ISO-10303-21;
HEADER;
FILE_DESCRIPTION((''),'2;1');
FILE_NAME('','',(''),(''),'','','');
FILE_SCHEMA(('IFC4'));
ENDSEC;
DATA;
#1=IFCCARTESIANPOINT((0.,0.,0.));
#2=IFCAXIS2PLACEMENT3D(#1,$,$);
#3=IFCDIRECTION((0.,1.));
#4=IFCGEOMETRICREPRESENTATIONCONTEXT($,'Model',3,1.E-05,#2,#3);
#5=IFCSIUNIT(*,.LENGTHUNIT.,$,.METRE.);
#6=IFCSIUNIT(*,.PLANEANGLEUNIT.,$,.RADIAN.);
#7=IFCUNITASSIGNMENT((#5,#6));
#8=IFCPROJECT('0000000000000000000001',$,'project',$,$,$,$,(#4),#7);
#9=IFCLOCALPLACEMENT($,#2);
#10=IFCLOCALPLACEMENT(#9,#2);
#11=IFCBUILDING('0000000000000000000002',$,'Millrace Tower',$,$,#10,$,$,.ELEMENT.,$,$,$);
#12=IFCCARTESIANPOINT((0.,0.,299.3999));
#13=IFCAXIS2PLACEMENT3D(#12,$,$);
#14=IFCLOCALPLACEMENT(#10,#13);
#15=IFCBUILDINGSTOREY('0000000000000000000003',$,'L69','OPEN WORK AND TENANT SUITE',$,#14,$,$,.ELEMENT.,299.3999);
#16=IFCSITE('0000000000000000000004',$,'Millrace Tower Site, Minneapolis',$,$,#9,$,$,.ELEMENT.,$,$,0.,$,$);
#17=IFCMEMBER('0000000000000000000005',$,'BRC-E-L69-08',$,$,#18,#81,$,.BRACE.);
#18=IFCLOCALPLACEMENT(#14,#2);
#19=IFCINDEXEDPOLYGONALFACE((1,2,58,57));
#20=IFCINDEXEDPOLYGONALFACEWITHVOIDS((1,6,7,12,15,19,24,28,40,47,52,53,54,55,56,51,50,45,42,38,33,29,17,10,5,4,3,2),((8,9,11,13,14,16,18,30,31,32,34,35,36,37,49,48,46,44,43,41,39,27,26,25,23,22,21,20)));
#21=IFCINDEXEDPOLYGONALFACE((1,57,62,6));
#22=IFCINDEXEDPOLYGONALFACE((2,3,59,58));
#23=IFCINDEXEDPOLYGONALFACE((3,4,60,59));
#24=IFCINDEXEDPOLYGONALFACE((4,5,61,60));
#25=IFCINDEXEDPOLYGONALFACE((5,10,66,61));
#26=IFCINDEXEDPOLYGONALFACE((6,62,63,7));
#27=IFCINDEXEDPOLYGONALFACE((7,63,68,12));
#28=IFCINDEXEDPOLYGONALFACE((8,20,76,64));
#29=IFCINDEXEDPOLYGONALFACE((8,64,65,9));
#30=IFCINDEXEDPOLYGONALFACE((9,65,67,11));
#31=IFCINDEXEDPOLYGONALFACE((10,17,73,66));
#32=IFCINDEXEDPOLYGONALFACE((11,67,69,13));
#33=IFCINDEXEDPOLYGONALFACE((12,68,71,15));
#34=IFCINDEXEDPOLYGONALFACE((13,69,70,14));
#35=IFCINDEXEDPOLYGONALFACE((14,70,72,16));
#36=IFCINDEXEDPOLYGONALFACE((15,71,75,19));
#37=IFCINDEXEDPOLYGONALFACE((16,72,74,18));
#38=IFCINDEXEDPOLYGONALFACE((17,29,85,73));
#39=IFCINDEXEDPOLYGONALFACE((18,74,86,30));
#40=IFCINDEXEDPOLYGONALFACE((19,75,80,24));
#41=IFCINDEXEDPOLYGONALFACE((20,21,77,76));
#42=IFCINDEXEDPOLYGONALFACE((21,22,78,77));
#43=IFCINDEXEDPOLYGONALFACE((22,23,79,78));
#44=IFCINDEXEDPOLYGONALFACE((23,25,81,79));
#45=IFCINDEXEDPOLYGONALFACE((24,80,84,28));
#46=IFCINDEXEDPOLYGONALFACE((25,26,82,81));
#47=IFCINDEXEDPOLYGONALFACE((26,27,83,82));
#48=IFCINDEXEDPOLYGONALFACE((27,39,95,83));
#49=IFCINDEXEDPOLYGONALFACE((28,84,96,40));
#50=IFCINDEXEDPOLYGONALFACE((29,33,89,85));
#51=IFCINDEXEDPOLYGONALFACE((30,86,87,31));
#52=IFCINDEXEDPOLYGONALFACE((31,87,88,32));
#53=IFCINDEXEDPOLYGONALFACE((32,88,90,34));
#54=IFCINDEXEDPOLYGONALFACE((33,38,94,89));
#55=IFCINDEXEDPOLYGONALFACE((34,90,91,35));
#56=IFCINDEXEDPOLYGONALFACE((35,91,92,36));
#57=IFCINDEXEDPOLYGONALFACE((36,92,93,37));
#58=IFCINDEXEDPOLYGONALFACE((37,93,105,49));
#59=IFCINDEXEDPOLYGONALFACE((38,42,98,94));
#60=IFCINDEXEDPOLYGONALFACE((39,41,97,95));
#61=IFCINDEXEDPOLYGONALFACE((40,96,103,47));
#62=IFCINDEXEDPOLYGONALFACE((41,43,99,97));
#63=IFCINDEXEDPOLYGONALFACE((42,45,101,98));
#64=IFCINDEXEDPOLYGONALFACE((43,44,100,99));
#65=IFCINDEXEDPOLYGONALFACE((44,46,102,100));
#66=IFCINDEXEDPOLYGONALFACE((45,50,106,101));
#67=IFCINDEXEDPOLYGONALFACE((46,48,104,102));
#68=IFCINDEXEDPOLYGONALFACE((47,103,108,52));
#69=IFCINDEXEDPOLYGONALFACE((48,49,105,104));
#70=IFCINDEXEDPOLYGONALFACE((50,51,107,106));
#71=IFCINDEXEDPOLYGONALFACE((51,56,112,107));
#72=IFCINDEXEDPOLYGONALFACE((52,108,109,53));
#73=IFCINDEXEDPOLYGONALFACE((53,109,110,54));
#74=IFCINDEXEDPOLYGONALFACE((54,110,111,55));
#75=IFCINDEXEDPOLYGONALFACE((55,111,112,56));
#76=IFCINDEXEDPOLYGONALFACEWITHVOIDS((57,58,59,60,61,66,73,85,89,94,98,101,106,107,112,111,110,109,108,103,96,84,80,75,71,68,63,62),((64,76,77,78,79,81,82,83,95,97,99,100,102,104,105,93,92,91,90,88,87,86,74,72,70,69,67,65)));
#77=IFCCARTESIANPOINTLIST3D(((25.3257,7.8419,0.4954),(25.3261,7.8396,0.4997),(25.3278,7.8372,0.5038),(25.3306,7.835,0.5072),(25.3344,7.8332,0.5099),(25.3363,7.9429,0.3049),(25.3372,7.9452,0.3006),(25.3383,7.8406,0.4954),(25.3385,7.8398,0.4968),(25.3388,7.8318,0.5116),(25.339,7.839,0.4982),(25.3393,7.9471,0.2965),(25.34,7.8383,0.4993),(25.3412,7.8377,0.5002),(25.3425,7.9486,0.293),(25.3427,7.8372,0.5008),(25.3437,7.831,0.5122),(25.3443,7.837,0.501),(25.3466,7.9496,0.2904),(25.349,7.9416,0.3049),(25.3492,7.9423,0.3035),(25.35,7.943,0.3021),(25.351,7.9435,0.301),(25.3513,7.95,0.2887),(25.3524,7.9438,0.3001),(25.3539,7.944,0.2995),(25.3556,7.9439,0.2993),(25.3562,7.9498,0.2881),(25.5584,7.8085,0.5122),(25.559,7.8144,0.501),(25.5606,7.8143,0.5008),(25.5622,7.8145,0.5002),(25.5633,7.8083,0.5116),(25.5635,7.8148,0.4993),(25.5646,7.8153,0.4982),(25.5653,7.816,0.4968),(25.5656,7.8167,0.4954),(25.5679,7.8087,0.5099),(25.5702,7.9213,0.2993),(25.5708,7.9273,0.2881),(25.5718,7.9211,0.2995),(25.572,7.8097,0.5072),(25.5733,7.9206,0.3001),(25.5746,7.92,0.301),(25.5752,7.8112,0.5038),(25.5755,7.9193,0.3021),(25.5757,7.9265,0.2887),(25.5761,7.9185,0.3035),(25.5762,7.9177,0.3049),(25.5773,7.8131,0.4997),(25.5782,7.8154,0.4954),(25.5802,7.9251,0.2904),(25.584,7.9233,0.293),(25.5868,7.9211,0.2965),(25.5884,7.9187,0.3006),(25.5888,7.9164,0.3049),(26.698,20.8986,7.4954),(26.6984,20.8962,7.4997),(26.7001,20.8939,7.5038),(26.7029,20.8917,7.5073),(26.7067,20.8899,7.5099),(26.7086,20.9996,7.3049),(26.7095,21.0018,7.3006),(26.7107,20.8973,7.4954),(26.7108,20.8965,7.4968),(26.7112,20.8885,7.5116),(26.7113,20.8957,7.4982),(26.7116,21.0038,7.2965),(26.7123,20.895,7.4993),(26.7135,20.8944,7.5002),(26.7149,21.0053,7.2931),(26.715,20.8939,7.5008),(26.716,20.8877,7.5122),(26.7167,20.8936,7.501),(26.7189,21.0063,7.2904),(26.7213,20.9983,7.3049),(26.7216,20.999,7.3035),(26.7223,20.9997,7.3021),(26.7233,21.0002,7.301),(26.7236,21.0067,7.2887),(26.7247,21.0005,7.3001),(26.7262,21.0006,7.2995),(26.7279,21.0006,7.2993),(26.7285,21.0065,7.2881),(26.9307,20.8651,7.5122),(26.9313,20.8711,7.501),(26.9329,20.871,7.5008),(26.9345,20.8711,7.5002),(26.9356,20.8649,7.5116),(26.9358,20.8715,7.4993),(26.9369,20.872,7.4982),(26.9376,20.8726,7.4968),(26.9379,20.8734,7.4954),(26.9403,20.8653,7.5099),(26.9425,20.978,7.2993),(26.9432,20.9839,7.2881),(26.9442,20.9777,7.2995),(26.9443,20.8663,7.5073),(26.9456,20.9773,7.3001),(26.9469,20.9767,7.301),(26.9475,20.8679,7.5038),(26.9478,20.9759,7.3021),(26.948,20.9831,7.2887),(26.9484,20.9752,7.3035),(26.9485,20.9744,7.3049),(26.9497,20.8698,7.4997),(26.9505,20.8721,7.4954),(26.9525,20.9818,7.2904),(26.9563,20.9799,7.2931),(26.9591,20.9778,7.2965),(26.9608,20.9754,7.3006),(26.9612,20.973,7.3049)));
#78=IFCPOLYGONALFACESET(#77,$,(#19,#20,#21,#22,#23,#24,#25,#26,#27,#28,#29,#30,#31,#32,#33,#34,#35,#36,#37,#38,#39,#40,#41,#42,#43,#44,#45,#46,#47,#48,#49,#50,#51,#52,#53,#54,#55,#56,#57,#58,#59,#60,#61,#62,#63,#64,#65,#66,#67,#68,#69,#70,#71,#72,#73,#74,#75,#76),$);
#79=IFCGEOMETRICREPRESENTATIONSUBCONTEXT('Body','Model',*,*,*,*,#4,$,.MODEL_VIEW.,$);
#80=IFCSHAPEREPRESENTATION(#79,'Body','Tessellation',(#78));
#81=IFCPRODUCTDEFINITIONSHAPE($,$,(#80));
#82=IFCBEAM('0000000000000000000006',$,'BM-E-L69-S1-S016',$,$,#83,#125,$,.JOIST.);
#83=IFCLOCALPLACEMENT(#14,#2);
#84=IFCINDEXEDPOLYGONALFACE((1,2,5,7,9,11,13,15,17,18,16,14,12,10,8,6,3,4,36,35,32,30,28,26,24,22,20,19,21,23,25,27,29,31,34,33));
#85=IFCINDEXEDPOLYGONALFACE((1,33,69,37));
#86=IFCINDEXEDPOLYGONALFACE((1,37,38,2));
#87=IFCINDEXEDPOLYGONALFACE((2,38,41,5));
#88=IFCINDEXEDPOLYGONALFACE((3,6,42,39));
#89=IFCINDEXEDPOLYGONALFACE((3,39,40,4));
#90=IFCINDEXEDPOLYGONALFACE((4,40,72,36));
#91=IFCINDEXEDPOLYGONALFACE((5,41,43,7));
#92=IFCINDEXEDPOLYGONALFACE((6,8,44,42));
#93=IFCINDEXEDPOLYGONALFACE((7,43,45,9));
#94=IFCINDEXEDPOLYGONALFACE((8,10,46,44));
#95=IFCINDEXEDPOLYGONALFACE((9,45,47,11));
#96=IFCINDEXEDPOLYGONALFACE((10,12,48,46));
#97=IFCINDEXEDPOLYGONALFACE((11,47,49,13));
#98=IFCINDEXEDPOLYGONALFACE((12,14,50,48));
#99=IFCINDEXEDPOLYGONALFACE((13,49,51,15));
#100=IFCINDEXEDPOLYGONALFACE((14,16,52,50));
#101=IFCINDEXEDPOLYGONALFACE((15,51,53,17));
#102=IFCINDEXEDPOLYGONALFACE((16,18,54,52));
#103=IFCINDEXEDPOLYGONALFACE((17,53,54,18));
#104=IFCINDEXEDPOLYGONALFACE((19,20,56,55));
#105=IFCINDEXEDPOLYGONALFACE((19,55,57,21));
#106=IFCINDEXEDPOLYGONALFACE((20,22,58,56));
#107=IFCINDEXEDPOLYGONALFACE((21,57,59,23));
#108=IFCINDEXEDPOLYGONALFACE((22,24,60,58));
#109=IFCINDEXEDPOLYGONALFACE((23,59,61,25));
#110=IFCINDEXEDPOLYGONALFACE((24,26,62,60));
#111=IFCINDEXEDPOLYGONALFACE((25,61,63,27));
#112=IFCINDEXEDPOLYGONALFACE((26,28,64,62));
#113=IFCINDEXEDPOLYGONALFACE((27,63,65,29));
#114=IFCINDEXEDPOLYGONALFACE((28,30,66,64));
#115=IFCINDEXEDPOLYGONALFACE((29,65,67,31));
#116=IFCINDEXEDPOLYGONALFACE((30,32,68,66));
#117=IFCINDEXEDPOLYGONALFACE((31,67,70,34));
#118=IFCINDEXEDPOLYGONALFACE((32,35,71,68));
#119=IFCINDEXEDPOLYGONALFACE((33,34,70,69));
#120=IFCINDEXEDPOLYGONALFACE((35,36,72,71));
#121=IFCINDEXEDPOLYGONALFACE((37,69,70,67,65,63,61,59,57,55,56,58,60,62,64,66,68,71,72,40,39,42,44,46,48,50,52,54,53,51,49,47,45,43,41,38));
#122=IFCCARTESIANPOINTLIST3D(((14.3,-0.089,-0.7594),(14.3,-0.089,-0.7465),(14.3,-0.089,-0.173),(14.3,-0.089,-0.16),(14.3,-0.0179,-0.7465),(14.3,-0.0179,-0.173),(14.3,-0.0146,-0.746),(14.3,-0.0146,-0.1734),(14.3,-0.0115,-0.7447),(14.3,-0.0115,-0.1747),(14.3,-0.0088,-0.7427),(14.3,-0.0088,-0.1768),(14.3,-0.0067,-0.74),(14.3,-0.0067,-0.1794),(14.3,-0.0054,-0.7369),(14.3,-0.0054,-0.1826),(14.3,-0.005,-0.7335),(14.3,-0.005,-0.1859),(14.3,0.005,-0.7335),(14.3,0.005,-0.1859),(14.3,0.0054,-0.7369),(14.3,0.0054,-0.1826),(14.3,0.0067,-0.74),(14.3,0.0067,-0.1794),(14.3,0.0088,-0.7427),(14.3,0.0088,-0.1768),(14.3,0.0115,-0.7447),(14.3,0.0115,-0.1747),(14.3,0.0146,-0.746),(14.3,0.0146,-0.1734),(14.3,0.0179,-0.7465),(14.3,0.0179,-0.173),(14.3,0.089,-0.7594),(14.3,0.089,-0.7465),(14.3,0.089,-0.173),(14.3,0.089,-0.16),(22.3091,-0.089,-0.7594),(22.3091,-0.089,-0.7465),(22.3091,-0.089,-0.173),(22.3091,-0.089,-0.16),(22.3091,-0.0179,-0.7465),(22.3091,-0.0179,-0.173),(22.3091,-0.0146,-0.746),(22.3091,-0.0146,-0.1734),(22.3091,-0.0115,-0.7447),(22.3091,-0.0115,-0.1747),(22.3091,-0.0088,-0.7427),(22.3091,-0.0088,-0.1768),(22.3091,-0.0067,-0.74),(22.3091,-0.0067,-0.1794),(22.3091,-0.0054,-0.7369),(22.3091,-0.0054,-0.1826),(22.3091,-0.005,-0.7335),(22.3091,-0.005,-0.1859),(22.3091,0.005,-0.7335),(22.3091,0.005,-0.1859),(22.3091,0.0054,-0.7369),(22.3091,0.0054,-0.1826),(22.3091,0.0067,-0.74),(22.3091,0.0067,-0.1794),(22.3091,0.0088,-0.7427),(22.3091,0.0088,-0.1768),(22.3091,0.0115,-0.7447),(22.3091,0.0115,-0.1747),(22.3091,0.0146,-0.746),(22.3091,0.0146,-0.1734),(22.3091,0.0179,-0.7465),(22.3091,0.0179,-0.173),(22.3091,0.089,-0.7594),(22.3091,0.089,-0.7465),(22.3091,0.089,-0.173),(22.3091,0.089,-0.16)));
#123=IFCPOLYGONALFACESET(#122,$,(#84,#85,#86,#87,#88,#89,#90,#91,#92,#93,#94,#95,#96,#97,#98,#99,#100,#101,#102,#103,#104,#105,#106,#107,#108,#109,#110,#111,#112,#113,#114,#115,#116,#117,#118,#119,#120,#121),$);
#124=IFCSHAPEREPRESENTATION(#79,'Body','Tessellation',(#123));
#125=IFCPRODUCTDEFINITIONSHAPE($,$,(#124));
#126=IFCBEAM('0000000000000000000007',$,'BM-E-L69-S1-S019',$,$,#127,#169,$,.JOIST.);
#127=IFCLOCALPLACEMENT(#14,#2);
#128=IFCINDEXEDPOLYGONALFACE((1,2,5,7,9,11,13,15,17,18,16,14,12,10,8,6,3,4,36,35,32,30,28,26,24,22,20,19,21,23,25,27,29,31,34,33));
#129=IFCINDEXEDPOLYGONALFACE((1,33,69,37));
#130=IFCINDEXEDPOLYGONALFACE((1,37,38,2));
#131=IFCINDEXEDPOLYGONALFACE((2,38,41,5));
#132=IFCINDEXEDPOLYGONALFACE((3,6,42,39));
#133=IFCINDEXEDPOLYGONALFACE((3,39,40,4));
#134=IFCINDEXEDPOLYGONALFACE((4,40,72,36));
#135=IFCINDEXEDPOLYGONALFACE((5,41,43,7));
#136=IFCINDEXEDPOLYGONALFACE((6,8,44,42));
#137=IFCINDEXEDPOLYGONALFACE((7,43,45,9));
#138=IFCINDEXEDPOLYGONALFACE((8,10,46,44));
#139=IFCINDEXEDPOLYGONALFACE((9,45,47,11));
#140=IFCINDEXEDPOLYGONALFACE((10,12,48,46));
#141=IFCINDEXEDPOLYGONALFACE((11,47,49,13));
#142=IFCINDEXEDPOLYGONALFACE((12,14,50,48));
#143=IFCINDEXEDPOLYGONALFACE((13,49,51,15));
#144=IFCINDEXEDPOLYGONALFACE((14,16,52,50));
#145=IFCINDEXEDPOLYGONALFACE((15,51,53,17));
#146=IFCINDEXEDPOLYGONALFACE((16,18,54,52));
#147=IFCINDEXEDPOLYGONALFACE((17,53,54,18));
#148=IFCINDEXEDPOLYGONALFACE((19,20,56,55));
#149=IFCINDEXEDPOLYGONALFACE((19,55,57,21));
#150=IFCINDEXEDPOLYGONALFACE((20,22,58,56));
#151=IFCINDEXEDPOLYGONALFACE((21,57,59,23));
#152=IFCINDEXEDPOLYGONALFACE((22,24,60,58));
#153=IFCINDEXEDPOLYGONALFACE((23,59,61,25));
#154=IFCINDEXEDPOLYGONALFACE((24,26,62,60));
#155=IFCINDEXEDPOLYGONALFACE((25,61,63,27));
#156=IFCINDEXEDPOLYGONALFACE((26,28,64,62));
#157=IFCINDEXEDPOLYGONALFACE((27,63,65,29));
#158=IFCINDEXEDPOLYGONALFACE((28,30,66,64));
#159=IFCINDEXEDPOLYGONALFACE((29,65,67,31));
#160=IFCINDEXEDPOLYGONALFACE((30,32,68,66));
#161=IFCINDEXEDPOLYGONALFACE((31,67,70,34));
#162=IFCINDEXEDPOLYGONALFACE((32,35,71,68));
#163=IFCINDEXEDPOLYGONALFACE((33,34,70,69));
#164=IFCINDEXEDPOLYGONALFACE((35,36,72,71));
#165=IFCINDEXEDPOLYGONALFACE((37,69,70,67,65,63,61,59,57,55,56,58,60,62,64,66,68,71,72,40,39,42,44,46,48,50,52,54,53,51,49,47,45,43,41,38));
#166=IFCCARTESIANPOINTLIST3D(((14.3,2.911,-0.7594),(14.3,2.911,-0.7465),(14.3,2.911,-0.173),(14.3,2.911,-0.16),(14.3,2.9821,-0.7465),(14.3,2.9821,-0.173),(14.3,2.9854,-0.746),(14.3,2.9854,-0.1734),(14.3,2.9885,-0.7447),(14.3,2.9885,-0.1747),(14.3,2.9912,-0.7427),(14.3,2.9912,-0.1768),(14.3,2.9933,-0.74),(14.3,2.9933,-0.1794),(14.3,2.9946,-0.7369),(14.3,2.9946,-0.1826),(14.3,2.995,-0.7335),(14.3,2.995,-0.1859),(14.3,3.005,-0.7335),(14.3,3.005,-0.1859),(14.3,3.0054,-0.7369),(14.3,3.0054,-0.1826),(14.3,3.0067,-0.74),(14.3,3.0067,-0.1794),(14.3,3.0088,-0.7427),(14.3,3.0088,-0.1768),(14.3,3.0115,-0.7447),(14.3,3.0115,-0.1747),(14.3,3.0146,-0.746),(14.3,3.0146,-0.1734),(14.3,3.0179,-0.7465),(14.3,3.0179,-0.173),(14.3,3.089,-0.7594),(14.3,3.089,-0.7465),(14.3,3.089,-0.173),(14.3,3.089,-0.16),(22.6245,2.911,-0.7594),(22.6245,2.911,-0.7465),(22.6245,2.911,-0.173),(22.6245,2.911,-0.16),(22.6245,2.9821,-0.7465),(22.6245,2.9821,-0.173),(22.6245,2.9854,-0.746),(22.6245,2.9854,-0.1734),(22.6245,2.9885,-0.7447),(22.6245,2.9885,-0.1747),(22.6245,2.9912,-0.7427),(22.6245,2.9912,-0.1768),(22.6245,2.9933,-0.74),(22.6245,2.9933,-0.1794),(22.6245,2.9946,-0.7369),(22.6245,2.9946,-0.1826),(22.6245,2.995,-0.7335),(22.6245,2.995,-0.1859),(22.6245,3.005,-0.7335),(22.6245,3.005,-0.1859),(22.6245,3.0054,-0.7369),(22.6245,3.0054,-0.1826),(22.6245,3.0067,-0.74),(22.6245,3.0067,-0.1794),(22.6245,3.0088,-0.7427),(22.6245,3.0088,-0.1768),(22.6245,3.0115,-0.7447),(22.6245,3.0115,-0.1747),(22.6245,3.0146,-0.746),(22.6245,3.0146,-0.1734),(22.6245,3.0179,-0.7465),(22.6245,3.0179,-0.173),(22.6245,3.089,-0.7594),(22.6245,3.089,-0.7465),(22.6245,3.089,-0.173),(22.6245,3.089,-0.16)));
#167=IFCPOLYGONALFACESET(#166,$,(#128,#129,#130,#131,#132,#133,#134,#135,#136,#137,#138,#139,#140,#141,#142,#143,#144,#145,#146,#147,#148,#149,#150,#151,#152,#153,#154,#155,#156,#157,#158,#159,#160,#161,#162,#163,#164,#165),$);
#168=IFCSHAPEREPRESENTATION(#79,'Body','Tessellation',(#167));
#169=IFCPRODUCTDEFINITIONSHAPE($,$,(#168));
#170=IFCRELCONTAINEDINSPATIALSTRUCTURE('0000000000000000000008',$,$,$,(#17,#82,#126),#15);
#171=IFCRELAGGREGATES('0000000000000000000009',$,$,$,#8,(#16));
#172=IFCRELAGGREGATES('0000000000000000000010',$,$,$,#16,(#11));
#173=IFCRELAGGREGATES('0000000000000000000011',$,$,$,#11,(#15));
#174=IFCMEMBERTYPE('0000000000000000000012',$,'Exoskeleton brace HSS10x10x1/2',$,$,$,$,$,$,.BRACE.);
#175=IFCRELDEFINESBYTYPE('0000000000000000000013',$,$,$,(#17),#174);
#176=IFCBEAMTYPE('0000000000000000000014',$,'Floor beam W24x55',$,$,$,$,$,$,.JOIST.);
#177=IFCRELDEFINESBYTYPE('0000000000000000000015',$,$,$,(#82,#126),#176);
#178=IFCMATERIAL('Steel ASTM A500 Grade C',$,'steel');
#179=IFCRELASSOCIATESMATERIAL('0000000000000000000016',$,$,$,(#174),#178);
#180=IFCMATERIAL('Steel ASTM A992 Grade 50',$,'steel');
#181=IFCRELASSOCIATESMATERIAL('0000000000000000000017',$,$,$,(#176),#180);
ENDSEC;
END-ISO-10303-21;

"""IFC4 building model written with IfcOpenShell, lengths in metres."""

from ifc_helpers import new_model, si_unit, direction, frame, origin, origin_2d, place, context, subcontext, project, spatial, hollow_rectangle, i_section, extrude, material, material_profile, profile_set, type_object, element, save


model = new_model("IFC4")

# Units and contexts
model_context = context("Model", 3, precision=1e-05, world=origin(), true_north=direction((0.0, 1.0)))
body_context = subcontext(model_context, "Body", "Model", "MODEL_VIEW")
ifc_project = project(units=[si_unit("LENGTHUNIT", "METRE"), si_unit("PLANEANGLEUNIT", "RADIAN")], contexts=[model_context])

# Site, building, storey
site_placement = place(None, origin())
site = spatial("IfcSite", under=ifc_project, at=site_placement, Name="Millrace Tower Site, Minneapolis", CompositionType="ELEMENT", RefElevation=0.0)
building_placement = place(site_placement, origin())
building = spatial("IfcBuilding", under=site, at=building_placement, Name="Millrace Tower", CompositionType="ELEMENT")
storey_placement = place(building_placement, frame((0.0, 0.0, 299.3999)))
storey = spatial("IfcBuildingStorey", under=building, at=storey_placement, Name="L69", Description="OPEN WORK AND TENANT SUITE", CompositionType="ELEMENT", Elevation=299.3999)

# Member
ifc_material_1 = material(Name="Steel ASTM A500 Grade C", Category="steel")
ifc_material_profile_1 = material_profile(ifc_material_1, hollow_rectangle(XDim=0.2539, YDim=0.2539, WallThickness=0.0127, InnerFilletRadius=0.0063, OuterFilletRadius=0.019, at=origin_2d()))
ifc_profile_set_1 = profile_set([ifc_material_profile_1], Name="Steel ASTM A500 Grade C")
member_type_1 = type_object("IfcMemberType", Name="Exoskeleton brace HSS10x10x1/2", PredefinedType="BRACE", material=ifc_profile_set_1)
member_1_placement = place(storey_placement, frame((25.4573, 7.8792, 0.4001), z_axis=(0.092237, 0.877572, 0.470489), x_axis=(-0.994522, 0.104529, 0.0)))
element("IfcMember", 1, at=member_1_placement, inside=storey, type_object=member_type_1, Name="BRC-E-L69-08", PredefinedType="BRACE", context=body_context, shape_type="SweptSolid", body=[
    extrude(hollow_rectangle(XDim=0.2539, YDim=0.2539, WallThickness=0.0127, InnerFilletRadius=0.0063, OuterFilletRadius=0.019, at=origin_2d()), origin(), (0.0, 0.0, 1.0), 14.8782),
])

# Beams
ifc_material_2 = material(Name="Steel ASTM A992 Grade 50", Category="steel")
ifc_material_profile_2 = material_profile(ifc_material_2, i_section(OverallWidth=0.178, OverallDepth=0.5994, WebThickness=0.01, FlangeThickness=0.0129, FilletRadius=0.0129, at=origin_2d()))
ifc_profile_set_2 = profile_set([ifc_material_profile_2], Name="Steel ASTM A992 Grade 50")
beam_type_1 = type_object("IfcBeamType", Name="Floor beam W24x55", PredefinedType="JOIST", material=ifc_profile_set_2)
beam_1_placement = place(storey_placement, frame((14.3, 0.0, -0.4597), z_axis=(1.0, 0.0, 0.0), x_axis=(0.0, 1.0, 0.0)))
element("IfcBeam", 2, at=beam_1_placement, inside=storey, type_object=beam_type_1, Name="BM-E-L69-S1-S016", PredefinedType="JOIST", context=body_context, shape_type="SweptSolid", body=[
    extrude(i_section(OverallWidth=0.178, OverallDepth=0.5994, WebThickness=0.01, FlangeThickness=0.0129, FilletRadius=0.0129, at=origin_2d()), origin(), (0.0, 0.0, 1.0), 8.009),
])
beam_2_placement = place(storey_placement, frame((14.3, 3.0, -0.4597), z_axis=(1.0, 0.0, 0.0), x_axis=(0.0, 1.0, 0.0)))
element("IfcBeam", 3, at=beam_2_placement, inside=storey, type_object=beam_type_1, Name="BM-E-L69-S1-S019", PredefinedType="JOIST", context=body_context, shape_type="SweptSolid", body=[
    extrude(i_section(OverallWidth=0.178, OverallDepth=0.5994, WebThickness=0.01, FlangeThickness=0.0129, FilletRadius=0.0129, at=origin_2d()), origin(), (0.0, 0.0, 1.0), 8.3245),
])

save(model, "model.ifc")
